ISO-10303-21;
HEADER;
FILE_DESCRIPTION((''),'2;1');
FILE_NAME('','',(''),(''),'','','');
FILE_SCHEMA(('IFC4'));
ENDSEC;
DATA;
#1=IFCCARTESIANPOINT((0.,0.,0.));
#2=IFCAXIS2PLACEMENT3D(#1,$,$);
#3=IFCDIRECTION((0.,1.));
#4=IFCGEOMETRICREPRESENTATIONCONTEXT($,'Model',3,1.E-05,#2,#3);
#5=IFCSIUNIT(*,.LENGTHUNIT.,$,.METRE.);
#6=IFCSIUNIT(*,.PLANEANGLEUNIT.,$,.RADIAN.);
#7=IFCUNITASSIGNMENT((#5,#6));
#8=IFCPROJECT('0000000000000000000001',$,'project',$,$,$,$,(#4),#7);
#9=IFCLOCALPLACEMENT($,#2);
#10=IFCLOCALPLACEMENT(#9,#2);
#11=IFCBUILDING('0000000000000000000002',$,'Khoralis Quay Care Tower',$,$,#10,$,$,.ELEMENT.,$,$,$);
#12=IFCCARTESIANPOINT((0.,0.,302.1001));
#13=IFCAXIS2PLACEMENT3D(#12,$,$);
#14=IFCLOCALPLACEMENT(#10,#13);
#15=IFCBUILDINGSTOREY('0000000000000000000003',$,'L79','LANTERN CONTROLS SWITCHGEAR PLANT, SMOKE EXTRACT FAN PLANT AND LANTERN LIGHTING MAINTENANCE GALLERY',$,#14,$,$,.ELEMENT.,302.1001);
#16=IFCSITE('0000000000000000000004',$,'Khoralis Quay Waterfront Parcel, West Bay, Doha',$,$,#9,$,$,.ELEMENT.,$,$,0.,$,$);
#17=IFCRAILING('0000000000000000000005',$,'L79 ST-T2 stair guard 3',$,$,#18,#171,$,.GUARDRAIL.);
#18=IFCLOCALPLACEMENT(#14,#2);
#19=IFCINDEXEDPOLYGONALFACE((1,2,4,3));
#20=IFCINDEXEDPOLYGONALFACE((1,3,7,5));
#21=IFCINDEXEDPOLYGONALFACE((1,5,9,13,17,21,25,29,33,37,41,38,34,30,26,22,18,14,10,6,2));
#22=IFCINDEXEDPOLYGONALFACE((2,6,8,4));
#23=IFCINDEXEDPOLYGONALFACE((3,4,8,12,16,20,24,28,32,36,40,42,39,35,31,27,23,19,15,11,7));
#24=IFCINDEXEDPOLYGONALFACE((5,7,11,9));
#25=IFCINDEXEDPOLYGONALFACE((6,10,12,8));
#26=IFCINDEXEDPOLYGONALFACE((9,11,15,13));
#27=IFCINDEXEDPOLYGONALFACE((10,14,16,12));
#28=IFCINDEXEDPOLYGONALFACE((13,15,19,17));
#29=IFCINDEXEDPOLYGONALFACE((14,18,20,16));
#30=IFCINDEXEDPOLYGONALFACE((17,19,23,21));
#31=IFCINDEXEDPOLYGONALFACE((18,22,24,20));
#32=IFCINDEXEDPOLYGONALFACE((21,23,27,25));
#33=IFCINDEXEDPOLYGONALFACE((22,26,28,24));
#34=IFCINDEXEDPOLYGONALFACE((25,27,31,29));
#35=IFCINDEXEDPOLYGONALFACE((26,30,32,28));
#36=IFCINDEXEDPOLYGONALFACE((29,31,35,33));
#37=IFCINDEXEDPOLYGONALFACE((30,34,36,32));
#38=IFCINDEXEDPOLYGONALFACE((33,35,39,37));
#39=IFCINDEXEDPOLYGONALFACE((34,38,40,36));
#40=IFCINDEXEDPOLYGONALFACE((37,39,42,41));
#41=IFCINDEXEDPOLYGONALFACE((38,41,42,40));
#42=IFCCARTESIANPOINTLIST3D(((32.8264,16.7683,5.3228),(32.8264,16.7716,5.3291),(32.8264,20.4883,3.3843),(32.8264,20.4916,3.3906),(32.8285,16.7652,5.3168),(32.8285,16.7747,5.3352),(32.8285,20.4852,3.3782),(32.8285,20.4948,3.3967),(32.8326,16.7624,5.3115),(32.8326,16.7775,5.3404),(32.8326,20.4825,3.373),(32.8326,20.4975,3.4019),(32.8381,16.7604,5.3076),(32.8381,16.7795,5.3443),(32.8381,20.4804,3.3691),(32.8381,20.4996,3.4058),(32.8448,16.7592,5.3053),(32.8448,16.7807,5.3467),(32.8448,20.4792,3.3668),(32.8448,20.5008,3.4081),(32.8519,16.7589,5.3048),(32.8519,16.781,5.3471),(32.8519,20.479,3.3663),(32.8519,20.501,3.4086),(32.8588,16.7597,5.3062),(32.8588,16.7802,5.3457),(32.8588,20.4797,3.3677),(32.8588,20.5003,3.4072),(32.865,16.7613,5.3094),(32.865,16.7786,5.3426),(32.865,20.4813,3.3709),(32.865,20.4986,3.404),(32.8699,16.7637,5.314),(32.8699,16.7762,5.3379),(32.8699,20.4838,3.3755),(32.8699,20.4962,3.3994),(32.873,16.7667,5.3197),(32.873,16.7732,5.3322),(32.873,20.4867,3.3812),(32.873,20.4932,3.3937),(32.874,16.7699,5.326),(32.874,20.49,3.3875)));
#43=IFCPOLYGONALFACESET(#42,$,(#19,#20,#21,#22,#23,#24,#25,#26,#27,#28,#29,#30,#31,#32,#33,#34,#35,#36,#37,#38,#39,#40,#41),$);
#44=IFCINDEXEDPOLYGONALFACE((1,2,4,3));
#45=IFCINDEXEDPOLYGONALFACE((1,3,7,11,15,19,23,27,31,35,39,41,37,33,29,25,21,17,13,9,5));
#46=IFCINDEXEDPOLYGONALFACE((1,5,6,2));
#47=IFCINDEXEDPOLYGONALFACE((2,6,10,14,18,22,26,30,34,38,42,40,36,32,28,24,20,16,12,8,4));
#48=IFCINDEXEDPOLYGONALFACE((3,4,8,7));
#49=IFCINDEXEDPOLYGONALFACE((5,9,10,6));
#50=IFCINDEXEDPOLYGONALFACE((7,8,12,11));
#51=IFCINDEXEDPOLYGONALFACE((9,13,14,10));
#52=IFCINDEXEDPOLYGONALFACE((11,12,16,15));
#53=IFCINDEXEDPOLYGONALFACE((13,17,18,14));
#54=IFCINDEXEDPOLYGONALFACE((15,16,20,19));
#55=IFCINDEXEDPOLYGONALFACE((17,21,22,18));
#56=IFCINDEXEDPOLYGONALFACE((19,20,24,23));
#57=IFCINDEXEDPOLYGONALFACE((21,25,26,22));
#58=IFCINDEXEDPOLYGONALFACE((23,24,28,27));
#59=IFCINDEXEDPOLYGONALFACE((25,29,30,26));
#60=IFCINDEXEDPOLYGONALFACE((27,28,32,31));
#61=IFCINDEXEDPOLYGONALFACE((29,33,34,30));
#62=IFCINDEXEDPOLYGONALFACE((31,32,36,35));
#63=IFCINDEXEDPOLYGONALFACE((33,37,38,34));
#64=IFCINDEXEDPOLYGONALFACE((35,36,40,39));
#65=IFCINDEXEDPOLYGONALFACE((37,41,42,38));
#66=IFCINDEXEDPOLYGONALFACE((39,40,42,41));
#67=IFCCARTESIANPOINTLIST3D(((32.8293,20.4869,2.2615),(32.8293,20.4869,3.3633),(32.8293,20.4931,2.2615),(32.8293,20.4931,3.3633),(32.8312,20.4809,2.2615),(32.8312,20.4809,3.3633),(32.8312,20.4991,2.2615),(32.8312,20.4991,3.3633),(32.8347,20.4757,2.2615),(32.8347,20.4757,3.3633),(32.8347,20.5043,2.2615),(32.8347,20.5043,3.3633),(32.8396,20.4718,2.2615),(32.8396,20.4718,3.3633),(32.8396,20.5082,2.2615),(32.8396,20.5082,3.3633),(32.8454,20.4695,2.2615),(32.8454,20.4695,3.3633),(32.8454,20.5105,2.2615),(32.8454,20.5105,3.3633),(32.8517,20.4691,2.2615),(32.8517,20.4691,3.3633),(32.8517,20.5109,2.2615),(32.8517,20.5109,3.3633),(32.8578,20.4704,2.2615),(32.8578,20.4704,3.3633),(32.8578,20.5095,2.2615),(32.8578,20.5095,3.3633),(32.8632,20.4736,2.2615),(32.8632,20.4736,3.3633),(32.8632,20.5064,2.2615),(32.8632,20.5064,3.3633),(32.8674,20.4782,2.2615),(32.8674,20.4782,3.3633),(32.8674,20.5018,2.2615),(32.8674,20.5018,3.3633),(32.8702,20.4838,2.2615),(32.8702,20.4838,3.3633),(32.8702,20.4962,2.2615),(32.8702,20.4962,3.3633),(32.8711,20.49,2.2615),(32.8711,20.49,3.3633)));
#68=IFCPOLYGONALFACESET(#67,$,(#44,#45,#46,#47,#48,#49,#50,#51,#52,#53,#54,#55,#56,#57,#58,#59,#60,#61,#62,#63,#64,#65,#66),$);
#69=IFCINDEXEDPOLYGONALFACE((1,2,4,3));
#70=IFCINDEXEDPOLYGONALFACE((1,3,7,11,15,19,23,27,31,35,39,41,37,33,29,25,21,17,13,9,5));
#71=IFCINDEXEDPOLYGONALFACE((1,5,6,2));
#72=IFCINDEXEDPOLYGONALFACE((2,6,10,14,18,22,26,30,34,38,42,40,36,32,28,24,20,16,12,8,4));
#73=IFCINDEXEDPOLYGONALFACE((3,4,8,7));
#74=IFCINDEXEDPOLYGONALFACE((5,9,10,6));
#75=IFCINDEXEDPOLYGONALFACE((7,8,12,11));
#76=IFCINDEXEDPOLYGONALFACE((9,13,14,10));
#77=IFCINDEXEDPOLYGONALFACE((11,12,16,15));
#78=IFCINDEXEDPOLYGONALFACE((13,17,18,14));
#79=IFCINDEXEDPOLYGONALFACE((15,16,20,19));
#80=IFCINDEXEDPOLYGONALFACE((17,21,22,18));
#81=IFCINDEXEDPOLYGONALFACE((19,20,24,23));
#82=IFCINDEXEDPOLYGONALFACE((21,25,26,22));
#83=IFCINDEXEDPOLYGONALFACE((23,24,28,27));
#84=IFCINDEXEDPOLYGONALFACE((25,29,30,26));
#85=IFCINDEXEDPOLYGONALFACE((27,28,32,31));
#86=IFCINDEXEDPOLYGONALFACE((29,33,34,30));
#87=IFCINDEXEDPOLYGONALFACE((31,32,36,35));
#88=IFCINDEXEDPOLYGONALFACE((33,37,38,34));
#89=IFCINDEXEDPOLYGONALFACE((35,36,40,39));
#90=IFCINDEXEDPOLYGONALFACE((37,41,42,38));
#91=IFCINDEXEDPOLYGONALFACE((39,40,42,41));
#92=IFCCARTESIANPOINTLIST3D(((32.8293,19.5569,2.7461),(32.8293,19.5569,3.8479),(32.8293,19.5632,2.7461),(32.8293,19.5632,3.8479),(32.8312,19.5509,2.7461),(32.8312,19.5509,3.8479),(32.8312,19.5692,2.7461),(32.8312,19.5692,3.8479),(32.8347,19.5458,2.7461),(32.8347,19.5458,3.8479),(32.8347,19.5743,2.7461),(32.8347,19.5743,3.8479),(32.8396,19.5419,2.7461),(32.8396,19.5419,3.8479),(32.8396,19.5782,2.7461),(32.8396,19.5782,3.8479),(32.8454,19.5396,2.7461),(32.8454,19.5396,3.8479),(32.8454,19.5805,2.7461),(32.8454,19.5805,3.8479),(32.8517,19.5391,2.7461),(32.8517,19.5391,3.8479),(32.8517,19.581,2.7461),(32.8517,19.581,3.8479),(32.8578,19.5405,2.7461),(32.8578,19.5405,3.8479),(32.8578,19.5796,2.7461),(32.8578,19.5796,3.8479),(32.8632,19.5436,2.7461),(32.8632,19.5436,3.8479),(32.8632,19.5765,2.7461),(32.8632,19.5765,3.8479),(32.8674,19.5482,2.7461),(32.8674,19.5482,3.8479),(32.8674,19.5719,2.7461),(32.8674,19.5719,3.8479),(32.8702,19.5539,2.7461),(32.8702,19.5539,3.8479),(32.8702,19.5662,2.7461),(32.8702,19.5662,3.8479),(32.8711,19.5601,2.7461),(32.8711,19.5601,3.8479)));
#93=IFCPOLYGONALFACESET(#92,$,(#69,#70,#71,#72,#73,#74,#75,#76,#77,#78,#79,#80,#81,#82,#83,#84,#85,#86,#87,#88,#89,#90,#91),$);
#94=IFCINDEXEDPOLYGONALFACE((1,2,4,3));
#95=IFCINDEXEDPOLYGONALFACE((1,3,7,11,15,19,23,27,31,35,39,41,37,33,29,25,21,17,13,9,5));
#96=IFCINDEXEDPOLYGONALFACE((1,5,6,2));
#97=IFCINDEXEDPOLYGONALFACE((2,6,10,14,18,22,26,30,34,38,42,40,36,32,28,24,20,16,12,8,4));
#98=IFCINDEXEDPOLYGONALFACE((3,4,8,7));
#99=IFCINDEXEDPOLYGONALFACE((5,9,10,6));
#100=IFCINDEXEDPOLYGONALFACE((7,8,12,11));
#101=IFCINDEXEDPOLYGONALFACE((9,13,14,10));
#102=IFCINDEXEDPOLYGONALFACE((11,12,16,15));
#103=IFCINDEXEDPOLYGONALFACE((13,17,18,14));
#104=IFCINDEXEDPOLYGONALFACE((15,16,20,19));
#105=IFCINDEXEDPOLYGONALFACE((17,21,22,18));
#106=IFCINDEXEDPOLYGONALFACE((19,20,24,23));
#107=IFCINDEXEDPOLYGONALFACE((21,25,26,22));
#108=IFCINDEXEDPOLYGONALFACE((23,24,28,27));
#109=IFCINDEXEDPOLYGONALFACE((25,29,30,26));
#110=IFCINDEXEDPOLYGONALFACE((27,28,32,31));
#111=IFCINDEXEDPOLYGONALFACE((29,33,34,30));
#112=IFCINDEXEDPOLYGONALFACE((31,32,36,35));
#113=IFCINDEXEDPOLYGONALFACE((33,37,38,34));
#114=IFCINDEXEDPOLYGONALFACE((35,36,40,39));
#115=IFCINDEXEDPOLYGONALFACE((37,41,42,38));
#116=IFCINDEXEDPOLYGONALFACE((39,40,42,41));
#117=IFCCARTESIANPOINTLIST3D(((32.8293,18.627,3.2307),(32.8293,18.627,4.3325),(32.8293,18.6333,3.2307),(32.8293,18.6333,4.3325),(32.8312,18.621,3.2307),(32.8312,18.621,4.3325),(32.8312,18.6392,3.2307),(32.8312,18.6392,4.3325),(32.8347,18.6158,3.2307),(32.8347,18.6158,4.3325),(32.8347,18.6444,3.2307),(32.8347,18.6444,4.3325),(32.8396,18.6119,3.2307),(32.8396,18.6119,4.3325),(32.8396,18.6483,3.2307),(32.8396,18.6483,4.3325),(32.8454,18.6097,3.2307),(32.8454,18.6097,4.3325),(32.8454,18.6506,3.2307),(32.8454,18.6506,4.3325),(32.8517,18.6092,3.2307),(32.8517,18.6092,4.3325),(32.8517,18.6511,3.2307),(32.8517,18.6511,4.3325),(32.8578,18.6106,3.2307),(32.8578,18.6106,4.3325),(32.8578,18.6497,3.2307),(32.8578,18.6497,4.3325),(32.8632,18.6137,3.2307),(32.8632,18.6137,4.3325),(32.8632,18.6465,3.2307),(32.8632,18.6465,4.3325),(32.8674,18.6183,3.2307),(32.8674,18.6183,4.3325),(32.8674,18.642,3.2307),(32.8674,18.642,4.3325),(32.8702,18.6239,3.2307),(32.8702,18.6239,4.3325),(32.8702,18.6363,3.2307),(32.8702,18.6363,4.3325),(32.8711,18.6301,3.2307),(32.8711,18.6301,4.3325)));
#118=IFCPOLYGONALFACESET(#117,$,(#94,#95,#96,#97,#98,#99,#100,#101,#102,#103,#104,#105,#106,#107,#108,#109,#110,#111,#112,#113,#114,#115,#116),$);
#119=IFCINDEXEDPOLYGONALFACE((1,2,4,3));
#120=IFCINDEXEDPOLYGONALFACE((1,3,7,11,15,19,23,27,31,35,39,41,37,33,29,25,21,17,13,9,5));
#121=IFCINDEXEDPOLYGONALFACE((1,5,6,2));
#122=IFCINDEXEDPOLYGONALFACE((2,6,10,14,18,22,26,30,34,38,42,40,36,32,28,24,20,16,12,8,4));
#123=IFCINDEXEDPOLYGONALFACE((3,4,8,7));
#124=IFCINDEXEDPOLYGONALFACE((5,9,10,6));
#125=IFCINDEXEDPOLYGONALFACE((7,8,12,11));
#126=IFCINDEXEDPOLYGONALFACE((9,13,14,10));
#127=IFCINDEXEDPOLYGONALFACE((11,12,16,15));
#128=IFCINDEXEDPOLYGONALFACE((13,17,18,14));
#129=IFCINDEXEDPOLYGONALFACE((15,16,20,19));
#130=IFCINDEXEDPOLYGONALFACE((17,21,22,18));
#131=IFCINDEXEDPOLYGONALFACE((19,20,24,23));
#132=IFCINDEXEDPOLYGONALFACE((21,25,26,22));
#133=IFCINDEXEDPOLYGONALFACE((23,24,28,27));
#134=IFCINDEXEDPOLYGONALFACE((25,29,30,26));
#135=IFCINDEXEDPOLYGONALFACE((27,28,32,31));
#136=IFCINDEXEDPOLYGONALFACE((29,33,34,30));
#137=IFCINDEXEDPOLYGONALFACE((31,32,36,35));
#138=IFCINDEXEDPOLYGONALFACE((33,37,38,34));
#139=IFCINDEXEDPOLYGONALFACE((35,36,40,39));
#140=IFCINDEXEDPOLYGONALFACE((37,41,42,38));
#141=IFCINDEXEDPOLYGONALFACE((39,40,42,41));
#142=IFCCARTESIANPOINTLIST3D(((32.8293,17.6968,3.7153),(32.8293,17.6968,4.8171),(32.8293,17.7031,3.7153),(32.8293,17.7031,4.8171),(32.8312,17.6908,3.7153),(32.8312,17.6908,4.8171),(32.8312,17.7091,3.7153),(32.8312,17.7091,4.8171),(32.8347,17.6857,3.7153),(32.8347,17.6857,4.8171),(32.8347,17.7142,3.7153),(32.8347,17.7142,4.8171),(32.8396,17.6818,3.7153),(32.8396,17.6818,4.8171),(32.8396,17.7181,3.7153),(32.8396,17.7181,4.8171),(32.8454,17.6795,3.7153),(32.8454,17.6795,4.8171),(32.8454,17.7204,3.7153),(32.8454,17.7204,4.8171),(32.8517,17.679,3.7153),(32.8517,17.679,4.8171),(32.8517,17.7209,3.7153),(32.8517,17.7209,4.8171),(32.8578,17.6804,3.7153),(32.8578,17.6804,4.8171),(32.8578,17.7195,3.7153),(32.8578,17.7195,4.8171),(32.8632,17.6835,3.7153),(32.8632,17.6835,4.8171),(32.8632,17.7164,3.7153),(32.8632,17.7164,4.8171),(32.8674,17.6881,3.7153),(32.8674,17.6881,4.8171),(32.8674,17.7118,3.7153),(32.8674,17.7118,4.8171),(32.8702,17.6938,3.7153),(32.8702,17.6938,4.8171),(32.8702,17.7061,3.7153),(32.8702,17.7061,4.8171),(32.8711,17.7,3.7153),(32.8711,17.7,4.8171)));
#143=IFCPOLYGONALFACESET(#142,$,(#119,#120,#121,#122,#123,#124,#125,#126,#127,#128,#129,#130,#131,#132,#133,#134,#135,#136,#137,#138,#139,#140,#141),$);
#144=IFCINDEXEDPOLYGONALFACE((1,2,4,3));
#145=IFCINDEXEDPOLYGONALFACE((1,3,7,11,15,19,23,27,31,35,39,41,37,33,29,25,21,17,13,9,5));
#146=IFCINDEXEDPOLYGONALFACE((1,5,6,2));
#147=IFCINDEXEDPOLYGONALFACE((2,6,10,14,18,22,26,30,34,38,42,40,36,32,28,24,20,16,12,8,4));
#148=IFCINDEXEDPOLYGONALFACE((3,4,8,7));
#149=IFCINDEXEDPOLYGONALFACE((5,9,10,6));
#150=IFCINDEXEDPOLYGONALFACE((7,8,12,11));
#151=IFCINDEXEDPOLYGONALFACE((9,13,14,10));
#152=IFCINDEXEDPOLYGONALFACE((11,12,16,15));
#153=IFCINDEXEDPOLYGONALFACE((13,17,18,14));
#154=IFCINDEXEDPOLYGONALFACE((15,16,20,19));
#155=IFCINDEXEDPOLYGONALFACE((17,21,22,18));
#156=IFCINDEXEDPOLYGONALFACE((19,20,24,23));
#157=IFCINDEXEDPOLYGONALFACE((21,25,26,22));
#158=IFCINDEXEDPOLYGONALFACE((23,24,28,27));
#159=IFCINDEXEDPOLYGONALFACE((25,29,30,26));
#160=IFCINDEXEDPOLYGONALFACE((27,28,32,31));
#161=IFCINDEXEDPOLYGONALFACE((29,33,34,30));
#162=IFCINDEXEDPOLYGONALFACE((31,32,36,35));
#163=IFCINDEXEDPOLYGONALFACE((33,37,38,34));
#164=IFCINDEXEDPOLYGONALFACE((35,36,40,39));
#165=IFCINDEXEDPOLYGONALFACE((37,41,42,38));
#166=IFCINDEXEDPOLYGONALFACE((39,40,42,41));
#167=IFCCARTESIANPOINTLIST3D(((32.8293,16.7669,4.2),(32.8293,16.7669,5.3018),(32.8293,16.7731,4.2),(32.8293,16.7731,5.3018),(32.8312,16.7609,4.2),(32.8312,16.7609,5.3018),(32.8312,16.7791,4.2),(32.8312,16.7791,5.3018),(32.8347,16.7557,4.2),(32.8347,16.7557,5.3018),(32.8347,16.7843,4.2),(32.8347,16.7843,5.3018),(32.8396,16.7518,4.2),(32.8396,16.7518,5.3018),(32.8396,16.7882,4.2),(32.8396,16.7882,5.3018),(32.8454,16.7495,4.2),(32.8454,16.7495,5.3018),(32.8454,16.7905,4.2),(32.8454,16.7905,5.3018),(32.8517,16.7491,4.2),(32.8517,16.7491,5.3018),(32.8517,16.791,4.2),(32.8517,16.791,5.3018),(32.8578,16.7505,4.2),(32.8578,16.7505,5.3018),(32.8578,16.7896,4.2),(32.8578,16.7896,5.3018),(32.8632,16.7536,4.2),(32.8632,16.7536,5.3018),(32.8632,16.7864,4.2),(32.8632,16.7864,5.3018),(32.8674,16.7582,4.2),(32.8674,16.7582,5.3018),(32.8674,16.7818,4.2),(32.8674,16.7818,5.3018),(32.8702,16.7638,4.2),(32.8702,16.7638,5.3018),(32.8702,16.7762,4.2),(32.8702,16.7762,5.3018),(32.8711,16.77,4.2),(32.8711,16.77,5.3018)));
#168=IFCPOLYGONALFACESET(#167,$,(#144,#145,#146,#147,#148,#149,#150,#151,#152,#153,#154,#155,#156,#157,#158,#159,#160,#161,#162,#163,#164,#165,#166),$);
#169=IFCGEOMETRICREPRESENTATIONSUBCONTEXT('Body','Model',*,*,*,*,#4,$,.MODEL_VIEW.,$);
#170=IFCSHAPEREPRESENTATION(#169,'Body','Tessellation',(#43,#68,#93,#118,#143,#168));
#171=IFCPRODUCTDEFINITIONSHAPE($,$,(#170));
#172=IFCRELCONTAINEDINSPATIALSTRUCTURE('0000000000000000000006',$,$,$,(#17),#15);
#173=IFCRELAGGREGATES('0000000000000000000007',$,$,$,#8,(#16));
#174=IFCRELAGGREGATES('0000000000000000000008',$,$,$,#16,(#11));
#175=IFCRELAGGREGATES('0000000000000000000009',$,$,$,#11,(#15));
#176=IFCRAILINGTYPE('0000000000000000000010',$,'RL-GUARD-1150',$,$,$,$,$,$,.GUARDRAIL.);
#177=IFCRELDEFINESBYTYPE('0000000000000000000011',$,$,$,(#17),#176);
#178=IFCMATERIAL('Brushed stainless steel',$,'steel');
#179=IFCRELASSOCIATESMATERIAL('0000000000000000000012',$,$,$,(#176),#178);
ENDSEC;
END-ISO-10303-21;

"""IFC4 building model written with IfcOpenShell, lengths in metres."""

from ifc_helpers import new_model, si_unit, direction, frame, origin, origin_2d, place, context, subcontext, project, spatial, circle, extrude, material, type_object, element, save


model = new_model("IFC4")

# Units and contexts
model_context = context("Model", 3, precision=1e-05, world=origin(), true_north=direction((0.0, 1.0)))
body_context = subcontext(model_context, "Body", "Model", "MODEL_VIEW")
ifc_project = project(units=[si_unit("LENGTHUNIT", "METRE"), si_unit("PLANEANGLEUNIT", "RADIAN")], contexts=[model_context])

# Site, building, storey
site_placement = place(None, origin())
site = spatial("IfcSite", under=ifc_project, at=site_placement, Name="Khoralis Quay Waterfront Parcel, West Bay, Doha", CompositionType="ELEMENT", RefElevation=0.0)
building_placement = place(site_placement, origin())
building = spatial("IfcBuilding", under=site, at=building_placement, Name="Khoralis Quay Care Tower", CompositionType="ELEMENT")
storey_placement = place(building_placement, frame((0.0, 0.0, 302.1001)))
storey = spatial("IfcBuildingStorey", under=building, at=storey_placement, Name="L79", Description="LANTERN CONTROLS SWITCHGEAR PLANT, SMOKE EXTRACT FAN PLANT AND LANTERN LIGHTING MAINTENANCE GALLERY", CompositionType="ELEMENT", Elevation=302.1001)

# Railing
ifc_material_1 = material(Name="Brushed stainless steel", Category="steel")
railing_type_1 = type_object("IfcRailingType", Name="RL-GUARD-1150", PredefinedType="GUARDRAIL", material=ifc_material_1)
railing_1_placement = place(storey_placement, frame((32.8501, 20.49, 2.2615)))
element("IfcRailing", 1, at=railing_1_placement, inside=storey, type_object=railing_type_1, Name="L79 ST-T2 stair guard 3", PredefinedType="GUARDRAIL", context=body_context, shape_type="SweptSolid", body=[
    extrude(circle(Radius=0.0239, at=origin_2d()), frame((0.0, 0.0, 1.126), z_axis=(0.0, -0.886817, 0.46212), x_axis=(1.0, 0.0, 0.0)), (0.0, 0.0, 1.0), 4.1948),
    extrude(circle(Radius=0.021, at=origin_2d()), origin(), (0.0, 0.0, 1.0), 1.1018),
    extrude(circle(Radius=0.021, at=origin_2d()), frame((0.0, -0.9299, 0.4846)), (0.0, 0.0, 1.0), 1.1018),
    extrude(circle(Radius=0.021, at=origin_2d()), frame((0.0, -1.8599, 0.9692)), (0.0, 0.0, 1.0), 1.1018),
    extrude(circle(Radius=0.021, at=origin_2d()), frame((0.0, -2.79, 1.4539)), (0.0, 0.0, 1.0), 1.1018),
    extrude(circle(Radius=0.021, at=origin_2d()), frame((0.0, -3.72, 1.9385)), (0.0, 0.0, 1.0), 1.1018),
])

save(model, "model.ifc")
